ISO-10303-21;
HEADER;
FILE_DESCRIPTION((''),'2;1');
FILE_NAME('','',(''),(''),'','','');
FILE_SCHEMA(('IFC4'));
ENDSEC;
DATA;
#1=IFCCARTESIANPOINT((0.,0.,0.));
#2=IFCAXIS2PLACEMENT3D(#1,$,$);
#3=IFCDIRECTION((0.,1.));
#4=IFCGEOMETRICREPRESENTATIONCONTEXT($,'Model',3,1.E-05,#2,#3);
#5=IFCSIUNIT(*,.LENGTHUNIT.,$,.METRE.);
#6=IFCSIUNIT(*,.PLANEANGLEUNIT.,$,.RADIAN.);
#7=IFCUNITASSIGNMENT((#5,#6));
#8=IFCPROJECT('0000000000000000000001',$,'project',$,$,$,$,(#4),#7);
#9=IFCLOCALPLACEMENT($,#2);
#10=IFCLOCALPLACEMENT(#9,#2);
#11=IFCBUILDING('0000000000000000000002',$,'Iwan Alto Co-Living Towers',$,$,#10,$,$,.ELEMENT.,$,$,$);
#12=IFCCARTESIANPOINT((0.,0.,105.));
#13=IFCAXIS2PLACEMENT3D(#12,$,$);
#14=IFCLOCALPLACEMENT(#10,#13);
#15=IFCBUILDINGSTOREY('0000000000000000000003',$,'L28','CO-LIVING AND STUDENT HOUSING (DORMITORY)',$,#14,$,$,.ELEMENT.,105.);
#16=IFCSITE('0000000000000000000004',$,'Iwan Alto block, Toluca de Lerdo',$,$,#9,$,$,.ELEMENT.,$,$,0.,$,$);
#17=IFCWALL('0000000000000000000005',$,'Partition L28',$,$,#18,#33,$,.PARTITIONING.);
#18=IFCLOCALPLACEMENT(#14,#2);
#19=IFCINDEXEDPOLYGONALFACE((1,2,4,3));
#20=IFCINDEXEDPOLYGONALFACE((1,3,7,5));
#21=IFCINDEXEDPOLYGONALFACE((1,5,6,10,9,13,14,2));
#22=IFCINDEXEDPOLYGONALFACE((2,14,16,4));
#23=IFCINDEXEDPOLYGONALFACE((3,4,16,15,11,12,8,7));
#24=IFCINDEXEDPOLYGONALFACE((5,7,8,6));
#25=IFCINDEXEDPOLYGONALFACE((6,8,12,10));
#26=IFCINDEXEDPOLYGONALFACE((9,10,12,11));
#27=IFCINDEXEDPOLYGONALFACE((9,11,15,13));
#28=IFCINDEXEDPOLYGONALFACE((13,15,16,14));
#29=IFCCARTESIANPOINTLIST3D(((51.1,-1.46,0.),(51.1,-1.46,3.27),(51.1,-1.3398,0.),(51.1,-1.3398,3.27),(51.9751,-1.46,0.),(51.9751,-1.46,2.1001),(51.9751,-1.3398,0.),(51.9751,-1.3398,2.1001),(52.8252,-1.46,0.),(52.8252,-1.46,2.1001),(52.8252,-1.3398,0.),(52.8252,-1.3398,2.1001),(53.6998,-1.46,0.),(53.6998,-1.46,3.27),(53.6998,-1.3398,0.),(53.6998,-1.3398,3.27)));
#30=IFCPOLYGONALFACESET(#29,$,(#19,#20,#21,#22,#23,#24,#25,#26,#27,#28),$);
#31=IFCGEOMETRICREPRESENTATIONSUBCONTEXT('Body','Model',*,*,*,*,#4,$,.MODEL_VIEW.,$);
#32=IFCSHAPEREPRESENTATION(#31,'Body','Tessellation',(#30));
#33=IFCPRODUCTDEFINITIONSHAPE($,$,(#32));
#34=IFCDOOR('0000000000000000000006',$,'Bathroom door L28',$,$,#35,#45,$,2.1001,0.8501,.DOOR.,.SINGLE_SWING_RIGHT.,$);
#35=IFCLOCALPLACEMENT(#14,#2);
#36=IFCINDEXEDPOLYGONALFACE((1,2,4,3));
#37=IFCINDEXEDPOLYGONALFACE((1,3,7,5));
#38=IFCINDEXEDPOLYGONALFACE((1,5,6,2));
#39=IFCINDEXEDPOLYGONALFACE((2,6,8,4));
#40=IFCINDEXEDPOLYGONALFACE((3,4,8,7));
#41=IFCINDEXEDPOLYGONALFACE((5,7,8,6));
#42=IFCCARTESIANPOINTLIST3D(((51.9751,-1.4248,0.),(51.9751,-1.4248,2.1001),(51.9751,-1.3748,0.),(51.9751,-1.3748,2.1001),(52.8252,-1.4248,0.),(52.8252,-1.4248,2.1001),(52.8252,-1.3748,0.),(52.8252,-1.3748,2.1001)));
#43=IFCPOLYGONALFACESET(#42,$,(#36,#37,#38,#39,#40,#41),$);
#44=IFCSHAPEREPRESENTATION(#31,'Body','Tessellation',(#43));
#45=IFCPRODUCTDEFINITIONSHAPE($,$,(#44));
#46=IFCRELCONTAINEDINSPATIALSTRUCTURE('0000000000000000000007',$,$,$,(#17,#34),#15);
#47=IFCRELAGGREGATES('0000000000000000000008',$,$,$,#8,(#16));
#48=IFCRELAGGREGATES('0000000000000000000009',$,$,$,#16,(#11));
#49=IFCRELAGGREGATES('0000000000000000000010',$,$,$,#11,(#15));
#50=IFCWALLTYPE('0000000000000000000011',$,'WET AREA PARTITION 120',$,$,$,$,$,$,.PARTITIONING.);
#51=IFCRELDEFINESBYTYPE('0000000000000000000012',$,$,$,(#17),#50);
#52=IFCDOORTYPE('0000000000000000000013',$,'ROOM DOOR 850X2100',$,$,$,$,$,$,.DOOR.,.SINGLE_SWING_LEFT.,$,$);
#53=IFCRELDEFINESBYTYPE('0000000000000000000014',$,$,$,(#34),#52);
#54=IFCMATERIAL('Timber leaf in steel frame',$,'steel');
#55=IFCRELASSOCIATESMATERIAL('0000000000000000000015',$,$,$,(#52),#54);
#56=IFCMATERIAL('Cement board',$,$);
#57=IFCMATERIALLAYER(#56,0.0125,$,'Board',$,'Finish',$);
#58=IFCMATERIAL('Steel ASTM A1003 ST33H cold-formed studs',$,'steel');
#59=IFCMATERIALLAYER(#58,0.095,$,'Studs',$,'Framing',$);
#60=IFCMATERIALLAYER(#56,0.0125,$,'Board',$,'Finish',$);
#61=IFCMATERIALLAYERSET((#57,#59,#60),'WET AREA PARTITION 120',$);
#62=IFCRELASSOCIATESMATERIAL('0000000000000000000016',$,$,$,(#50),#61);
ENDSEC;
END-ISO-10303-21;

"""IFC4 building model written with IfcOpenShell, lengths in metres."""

from ifc_helpers import new_model, si_unit, direction, frame, frame_2d, origin, place, context, subcontext, project, spatial, rectangle, extrude, material, layer, layer_set, type_object, element, fill, save


model = new_model("IFC4")

# Units and contexts
model_context = context("Model", 3, precision=1e-05, world=origin(), true_north=direction((0.0, 1.0)))
body_context = subcontext(model_context, "Body", "Model", "MODEL_VIEW")
ifc_project = project(units=[si_unit("LENGTHUNIT", "METRE"), si_unit("PLANEANGLEUNIT", "RADIAN")], contexts=[model_context])

# Site, building, storey
site_placement = place(None, origin())
site = spatial("IfcSite", under=ifc_project, at=site_placement, Name="Iwan Alto block, Toluca de Lerdo", CompositionType="ELEMENT", RefElevation=0.0)
building_placement = place(site_placement, origin())
building = spatial("IfcBuilding", under=site, at=building_placement, Name="Iwan Alto Co-Living Towers", CompositionType="ELEMENT")
storey_placement = place(building_placement, frame((0.0, 0.0, 105.0)))
storey = spatial("IfcBuildingStorey", under=building, at=storey_placement, Name="L28", Description="CO-LIVING AND STUDENT HOUSING (DORMITORY)", CompositionType="ELEMENT", Elevation=105.0)

# Shared definitions
ifc_material_1 = material(Name="Steel ASTM A1003 ST33H cold-formed studs", Category="steel")
ifc_material_2 = material(Name="Timber leaf in steel frame", Category="steel")
door_type_1 = type_object("IfcDoorType", Name="ROOM DOOR 850X2100", OperationType="SINGLE_SWING_LEFT", PredefinedType="DOOR", material=ifc_material_2)

# Shared definitions
ifc_material_3 = material(Name="Cement board")
ifc_layer_1 = layer(ifc_material_3, 0.0125, Name="Board", Category="Finish")
ifc_layer_2 = layer(ifc_material_1, 0.095, Name="Studs", Category="Framing")
ifc_layer_3 = layer(ifc_material_3, 0.0125, Name="Board", Category="Finish")
ifc_layer_set_1 = layer_set([ifc_layer_1, ifc_layer_2, ifc_layer_3], Name="WET AREA PARTITION 120")
wall_type_1 = type_object("IfcWallType", Name="WET AREA PARTITION 120", PredefinedType="PARTITIONING", material=ifc_layer_set_1)

# Wall, opening, door
wall_1_placement = place(storey_placement, frame((51.1001, -1.3999, 0.0), z_axis=(0.0, 0.0, 1.0), x_axis=(1.0, 0.0, 0.0)))
wall_1 = element("IfcWall", 1, at=wall_1_placement, inside=storey, type_object=wall_type_1, Name="Partition L28", PredefinedType="PARTITIONING", context=body_context, shape_type="SweptSolid", body=[
    extrude(rectangle(XDim=2.5999, YDim=0.1201, at=frame_2d((1.2998, 0.0))), origin(), (0.0, 0.0, 1.0), 3.27),
])
opening_1_placement = place(wall_1_placement, frame((0.875, 0.0, 0.0)))
opening_1 = element("IfcOpeningElement", 2, at=opening_1_placement, cuts=wall_1, PredefinedType="OPENING", context=body_context, shape_type="SweptSolid", body=[
    extrude(rectangle(XDim=0.8501, YDim=2.1001, at=frame_2d((0.425, 1.05))), frame((0.0, 0.0701, 0.0), z_axis=(0.0, -1.0, 0.0), x_axis=(1.0, 0.0, 0.0)), (0.0, 0.0, 1.0), 0.1401),
])
door_1_placement = place(opening_1_placement, frame((0.8501, 0.0, 0.0), z_axis=(0.0, 0.0, 1.0), x_axis=(-1.0, 0.0, 0.0)))
door_1 = element("IfcDoor", 3, at=door_1_placement, inside=storey, type_object=door_type_1, Name="Bathroom door L28", OperationType="SINGLE_SWING_RIGHT", OverallHeight=2.1001, OverallWidth=0.8501, PredefinedType="DOOR", context=body_context, shape_type="SweptSolid", body=[
    extrude(rectangle(XDim=0.8501, YDim=2.1001, at=frame_2d((0.425, 1.05))), frame((0.0, 0.0249, 0.0), z_axis=(0.0, -1.0, 0.0), x_axis=(1.0, 0.0, 0.0)), (0.0, 0.0, 1.0), 0.05),
])
fill(opening_1, door_1)

save(model, "model.ifc")
